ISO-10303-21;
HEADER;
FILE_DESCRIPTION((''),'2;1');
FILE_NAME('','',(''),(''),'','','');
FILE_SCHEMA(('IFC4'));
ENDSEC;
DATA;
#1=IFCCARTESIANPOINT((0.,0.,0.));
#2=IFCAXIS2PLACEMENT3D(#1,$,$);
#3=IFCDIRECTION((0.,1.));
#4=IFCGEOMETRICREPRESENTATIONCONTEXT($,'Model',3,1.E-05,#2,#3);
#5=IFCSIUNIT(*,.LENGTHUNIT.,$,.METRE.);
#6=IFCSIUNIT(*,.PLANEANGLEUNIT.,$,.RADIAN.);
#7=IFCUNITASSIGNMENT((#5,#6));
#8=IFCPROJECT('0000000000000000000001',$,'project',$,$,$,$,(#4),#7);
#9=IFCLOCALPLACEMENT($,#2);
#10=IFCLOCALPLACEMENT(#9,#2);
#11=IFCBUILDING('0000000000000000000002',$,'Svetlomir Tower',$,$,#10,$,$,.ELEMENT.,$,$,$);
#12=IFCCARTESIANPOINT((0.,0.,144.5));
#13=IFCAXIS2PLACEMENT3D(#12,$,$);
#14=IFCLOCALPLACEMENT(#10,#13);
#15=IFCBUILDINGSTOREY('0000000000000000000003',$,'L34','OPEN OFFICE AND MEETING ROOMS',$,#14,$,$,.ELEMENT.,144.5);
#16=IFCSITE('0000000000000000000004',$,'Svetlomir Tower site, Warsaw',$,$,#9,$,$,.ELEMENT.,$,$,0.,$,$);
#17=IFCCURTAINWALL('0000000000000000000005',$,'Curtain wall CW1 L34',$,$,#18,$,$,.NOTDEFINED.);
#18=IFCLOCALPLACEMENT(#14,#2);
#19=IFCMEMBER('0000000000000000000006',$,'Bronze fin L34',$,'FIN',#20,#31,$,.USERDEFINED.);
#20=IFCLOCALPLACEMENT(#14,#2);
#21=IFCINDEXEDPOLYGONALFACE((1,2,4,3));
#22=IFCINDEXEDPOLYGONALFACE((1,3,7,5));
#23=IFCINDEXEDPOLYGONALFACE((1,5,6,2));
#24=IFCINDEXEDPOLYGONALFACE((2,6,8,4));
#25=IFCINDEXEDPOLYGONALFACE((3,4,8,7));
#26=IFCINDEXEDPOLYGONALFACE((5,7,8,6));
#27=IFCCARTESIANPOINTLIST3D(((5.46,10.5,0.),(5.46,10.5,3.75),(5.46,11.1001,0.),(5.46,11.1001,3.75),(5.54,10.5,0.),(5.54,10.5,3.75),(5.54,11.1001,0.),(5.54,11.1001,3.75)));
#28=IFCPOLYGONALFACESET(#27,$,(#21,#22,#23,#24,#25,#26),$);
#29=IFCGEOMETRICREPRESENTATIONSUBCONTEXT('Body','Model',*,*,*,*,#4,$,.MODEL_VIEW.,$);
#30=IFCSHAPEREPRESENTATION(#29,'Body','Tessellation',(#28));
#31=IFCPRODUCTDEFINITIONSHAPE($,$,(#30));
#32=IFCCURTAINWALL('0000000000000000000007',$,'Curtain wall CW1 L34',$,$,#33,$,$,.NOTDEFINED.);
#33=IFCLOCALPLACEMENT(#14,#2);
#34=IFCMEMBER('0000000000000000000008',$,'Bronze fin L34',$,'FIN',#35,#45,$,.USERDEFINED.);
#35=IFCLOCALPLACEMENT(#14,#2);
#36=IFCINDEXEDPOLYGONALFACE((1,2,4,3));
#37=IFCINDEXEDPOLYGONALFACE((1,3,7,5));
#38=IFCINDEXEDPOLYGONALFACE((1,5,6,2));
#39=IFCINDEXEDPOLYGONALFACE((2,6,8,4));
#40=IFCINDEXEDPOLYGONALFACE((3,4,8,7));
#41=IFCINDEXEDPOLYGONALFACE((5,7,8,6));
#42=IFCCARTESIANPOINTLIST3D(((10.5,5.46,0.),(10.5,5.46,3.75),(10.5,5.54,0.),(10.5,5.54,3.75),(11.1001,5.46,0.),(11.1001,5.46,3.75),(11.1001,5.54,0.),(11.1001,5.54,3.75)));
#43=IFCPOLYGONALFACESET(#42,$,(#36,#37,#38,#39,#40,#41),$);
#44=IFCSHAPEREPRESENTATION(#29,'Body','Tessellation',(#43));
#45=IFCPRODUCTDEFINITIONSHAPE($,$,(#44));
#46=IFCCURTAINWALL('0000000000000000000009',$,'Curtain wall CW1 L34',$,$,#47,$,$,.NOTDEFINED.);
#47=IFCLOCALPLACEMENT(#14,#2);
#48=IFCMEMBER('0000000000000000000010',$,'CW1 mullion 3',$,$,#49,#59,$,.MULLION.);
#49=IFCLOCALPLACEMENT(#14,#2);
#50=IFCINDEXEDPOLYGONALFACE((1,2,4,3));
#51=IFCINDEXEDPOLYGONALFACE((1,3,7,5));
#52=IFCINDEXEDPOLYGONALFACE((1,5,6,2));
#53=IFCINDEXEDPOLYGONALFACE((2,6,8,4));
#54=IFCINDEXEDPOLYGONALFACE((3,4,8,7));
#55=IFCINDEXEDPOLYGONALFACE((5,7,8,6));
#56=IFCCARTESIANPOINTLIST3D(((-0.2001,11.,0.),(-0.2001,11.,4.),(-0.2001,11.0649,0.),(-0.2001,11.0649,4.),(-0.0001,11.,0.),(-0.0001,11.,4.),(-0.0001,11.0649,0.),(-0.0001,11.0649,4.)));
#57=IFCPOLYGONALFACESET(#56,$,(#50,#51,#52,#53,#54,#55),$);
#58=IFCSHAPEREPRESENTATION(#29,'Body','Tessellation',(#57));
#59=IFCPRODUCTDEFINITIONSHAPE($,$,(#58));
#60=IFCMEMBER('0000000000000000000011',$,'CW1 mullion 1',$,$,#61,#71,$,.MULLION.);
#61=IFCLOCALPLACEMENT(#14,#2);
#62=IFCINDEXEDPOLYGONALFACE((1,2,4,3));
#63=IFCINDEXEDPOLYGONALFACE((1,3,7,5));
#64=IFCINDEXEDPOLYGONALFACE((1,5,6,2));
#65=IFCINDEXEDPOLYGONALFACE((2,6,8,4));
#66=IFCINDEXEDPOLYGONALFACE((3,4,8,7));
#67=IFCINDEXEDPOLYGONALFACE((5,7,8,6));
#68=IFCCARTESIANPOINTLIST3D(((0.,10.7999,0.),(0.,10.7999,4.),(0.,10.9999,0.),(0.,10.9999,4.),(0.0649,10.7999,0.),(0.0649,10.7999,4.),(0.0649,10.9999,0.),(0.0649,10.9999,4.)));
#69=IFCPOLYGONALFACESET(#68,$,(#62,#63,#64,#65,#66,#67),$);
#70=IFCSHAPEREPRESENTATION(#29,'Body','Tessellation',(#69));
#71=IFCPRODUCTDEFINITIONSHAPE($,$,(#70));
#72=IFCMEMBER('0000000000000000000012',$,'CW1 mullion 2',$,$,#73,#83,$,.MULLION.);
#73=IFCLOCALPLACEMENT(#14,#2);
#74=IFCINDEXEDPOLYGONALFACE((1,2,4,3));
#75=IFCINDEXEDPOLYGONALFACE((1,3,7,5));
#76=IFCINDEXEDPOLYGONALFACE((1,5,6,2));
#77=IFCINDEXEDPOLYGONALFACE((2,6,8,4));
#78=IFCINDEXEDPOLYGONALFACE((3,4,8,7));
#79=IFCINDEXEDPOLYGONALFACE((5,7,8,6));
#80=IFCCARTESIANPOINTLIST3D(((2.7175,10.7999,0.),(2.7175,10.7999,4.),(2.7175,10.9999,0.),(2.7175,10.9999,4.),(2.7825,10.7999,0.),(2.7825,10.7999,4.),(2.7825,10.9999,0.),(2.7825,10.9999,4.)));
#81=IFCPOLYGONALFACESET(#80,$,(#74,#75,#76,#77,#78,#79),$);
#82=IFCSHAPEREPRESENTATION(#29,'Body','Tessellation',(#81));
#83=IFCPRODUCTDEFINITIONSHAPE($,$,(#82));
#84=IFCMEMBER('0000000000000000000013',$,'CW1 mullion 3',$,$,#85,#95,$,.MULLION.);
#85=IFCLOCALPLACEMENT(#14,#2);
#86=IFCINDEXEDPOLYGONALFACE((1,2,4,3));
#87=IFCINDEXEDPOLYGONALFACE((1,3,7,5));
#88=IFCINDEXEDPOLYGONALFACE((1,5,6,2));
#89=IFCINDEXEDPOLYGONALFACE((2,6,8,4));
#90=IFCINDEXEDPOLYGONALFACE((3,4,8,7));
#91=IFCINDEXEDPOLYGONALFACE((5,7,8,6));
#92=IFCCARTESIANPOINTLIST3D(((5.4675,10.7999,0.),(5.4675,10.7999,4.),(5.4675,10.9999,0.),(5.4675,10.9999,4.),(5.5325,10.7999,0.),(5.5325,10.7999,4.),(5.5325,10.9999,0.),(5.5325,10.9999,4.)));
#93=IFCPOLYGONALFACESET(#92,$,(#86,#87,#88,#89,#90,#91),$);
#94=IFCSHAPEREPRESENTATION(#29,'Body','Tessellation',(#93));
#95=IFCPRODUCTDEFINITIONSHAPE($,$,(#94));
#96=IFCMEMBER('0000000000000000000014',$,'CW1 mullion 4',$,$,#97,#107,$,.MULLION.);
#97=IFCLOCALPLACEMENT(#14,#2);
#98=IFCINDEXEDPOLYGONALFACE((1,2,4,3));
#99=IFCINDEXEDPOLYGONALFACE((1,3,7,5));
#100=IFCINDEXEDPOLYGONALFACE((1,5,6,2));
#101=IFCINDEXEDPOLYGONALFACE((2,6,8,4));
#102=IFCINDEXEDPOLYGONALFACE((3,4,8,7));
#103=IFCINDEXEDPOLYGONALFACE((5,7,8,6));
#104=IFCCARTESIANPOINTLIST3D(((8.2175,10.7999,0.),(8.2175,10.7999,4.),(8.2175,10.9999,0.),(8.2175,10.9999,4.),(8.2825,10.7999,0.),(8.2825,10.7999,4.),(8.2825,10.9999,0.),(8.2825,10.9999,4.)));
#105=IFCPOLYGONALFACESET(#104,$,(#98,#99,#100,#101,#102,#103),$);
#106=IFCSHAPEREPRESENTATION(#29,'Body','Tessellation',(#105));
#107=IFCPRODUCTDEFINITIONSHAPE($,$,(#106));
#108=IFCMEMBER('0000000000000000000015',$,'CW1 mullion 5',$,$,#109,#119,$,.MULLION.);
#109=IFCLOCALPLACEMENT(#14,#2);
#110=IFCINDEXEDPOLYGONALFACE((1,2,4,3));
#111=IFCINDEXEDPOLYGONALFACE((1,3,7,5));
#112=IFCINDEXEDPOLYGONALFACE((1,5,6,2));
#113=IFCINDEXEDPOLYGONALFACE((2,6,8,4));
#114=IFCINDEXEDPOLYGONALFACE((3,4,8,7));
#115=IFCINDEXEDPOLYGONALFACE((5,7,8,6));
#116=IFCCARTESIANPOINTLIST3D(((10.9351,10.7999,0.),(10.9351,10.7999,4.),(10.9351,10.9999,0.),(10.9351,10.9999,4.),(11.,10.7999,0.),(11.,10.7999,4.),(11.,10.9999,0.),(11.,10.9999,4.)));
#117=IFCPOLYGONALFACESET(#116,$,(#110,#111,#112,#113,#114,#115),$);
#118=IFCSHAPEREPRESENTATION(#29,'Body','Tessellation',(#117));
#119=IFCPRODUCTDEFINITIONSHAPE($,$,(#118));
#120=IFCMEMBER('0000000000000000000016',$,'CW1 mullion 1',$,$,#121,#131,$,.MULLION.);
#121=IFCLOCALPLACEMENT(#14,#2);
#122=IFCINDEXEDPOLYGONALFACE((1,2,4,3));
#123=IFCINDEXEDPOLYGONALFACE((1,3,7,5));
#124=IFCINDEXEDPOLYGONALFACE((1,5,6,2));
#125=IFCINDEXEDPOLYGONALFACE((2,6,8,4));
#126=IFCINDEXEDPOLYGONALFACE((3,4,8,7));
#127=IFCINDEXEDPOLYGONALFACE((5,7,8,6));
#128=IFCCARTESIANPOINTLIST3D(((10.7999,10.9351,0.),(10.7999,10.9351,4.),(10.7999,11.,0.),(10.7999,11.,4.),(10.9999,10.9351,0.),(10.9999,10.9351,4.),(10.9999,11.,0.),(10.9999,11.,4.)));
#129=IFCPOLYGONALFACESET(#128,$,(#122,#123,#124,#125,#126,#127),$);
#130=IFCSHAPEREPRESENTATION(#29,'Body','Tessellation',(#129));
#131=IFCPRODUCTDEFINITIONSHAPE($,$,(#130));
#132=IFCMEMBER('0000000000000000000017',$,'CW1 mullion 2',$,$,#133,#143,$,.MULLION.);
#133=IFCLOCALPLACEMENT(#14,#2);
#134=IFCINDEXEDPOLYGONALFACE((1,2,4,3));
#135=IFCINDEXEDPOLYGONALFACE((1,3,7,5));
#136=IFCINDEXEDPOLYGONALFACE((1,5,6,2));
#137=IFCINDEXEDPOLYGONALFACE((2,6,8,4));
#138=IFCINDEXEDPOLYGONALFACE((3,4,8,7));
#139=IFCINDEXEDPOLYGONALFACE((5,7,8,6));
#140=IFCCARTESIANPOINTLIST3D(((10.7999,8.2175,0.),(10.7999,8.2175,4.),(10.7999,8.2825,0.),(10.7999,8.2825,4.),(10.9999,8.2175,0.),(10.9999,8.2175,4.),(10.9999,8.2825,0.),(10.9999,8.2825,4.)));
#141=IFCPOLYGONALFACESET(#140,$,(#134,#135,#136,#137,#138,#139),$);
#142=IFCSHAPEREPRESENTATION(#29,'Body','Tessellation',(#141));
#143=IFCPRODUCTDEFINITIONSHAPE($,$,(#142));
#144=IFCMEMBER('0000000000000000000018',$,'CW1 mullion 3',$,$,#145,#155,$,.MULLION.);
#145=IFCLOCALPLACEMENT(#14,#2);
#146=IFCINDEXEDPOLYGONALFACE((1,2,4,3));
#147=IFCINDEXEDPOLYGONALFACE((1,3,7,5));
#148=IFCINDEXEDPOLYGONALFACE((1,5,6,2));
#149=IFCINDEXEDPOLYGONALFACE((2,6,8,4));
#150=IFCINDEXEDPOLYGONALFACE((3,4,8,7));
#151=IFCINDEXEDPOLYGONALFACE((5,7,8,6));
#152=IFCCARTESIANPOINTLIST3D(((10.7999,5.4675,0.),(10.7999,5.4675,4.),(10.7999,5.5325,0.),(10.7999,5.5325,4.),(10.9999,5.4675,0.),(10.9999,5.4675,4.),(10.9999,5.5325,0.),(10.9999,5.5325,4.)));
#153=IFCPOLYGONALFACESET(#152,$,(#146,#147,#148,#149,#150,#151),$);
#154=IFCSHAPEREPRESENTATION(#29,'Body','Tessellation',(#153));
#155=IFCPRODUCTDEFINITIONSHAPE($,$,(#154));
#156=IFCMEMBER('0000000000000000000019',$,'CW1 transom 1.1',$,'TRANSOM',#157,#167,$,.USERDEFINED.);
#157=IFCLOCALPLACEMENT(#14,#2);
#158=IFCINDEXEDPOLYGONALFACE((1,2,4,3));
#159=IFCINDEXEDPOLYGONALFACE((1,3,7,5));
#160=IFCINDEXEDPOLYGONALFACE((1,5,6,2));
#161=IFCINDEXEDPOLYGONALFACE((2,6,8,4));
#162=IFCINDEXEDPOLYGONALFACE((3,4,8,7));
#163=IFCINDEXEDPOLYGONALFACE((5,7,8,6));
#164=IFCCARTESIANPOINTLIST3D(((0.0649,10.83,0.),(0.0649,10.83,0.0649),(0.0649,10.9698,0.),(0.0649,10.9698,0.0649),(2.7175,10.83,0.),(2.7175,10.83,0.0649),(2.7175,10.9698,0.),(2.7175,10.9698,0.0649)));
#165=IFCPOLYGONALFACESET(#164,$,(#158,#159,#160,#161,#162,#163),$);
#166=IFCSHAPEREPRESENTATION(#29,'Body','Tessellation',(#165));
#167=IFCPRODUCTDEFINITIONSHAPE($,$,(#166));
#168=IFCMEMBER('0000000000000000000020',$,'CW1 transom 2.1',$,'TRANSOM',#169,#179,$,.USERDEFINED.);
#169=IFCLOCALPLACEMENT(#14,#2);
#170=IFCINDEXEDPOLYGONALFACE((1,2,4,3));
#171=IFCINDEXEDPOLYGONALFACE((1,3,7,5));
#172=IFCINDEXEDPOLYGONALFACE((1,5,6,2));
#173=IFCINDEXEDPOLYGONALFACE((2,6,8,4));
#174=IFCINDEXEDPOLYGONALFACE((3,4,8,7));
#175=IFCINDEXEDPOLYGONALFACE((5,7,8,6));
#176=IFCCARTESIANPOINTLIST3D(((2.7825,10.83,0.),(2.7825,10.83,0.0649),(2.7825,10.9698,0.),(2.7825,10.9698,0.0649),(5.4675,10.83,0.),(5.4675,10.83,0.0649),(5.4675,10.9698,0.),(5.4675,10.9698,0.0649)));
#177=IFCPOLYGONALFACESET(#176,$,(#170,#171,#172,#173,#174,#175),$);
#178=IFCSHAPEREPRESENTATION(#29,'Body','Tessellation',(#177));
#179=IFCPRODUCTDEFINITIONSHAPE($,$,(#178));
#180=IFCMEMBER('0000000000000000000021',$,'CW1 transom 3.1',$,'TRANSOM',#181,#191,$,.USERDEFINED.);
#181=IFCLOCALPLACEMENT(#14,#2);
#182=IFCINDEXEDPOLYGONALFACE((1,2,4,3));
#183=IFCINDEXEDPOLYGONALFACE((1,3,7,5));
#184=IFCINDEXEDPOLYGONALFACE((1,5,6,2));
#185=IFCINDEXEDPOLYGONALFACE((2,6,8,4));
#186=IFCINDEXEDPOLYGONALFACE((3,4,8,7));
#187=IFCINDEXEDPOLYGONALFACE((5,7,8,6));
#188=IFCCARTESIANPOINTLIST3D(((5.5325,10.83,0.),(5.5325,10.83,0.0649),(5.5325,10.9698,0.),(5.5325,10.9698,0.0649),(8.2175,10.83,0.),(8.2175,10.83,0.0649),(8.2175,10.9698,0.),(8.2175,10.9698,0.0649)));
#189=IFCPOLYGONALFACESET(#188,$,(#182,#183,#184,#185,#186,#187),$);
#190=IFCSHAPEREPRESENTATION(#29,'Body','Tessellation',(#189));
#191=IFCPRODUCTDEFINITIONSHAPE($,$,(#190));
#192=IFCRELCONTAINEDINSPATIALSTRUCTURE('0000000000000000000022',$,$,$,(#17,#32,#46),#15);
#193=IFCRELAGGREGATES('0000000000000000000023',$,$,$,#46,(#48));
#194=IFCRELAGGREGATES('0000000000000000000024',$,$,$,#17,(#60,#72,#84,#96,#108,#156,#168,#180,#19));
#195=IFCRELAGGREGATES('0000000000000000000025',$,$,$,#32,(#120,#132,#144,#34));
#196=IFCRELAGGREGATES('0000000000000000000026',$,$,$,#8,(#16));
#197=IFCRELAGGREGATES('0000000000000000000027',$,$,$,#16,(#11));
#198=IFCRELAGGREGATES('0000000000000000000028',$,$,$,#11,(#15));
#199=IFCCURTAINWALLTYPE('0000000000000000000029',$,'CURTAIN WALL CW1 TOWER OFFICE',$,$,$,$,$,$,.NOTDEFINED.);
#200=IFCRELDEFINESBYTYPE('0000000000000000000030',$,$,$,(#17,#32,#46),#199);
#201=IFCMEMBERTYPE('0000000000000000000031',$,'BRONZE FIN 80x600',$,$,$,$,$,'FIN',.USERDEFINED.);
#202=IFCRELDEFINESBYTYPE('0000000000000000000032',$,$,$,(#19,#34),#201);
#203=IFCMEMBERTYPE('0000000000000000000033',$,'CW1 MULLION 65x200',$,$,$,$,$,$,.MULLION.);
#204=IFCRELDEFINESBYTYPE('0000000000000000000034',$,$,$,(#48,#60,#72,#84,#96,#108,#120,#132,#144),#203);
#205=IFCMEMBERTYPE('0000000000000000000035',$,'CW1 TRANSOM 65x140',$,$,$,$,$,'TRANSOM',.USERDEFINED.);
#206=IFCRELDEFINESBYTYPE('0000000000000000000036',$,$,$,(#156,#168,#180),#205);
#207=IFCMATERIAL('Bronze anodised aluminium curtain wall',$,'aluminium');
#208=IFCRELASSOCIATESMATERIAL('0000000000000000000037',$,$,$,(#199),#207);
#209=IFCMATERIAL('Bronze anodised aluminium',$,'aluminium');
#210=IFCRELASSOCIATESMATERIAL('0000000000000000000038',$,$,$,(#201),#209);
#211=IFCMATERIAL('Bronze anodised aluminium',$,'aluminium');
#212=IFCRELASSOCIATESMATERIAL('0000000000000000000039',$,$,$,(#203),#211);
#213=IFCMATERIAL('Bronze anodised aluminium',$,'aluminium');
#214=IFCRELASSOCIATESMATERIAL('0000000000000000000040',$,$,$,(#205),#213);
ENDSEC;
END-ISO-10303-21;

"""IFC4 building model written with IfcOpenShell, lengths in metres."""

from ifc_helpers import new_model, si_unit, direction, frame, origin, origin_2d, place, context, subcontext, project, spatial, rectangle, extrude, material, material_profile, profile_set, type_object, element, aggregate, save


model = new_model("IFC4")

# Units and contexts
model_context = context("Model", 3, precision=1e-05, world=origin(), true_north=direction((0.0, 1.0)))
body_context = subcontext(model_context, "Body", "Model", "MODEL_VIEW")
ifc_project = project(units=[si_unit("LENGTHUNIT", "METRE"), si_unit("PLANEANGLEUNIT", "RADIAN")], contexts=[model_context])

# Site, building, storey
site_placement = place(None, origin())
site = spatial("IfcSite", under=ifc_project, at=site_placement, Name="Svetlomir Tower site, Warsaw", CompositionType="ELEMENT", RefElevation=0.0)
building_placement = place(site_placement, origin())
building = spatial("IfcBuilding", under=site, at=building_placement, Name="Svetlomir Tower", CompositionType="ELEMENT")
storey_placement = place(building_placement, frame((0.0, 0.0, 144.5)))
storey = spatial("IfcBuildingStorey", under=building, at=storey_placement, Name="L34", Description="OPEN OFFICE AND MEETING ROOMS", CompositionType="ELEMENT", Elevation=144.5)

# Curtain walls, members
ifc_material_1 = material(Name="Bronze anodised aluminium curtain wall", Category="aluminium")
curtain_wall_type = type_object("IfcCurtainWallType", Name="CURTAIN WALL CW1 TOWER OFFICE", PredefinedType="NOTDEFINED", material=ifc_material_1)
curtain_wall_1_placement = place(storey_placement, origin())
curtain_wall_1 = element("IfcCurtainWall", 1, at=curtain_wall_1_placement, inside=storey, type_object=curtain_wall_type, Name="Curtain wall CW1 L34", PredefinedType="NOTDEFINED")
ifc_material_2 = material(Name="Bronze anodised aluminium", Category="aluminium")
ifc_material_profile_1 = material_profile(ifc_material_2, rectangle(XDim=0.0801, YDim=0.6001, at=origin_2d()), Name="FIN 80x600")
ifc_profile_set_1 = profile_set([ifc_material_profile_1], Name="Bronze anodised aluminium 6063-T6")
member_type_1 = type_object("IfcMemberType", Name="BRONZE FIN 80x600", ElementType="FIN", PredefinedType="USERDEFINED", material=ifc_profile_set_1)
member_1_placement = place(storey_placement, frame((5.5, 10.8, 0.0), z_axis=(0.0, 0.0, 1.0), x_axis=(1.0, 0.0, 0.0)))
member_1 = element("IfcMember", 2, at=member_1_placement, type_object=member_type_1, Name="Bronze fin L34", ObjectType="FIN", PredefinedType="USERDEFINED", context=body_context, shape_type="SweptSolid", body=[
    extrude(rectangle(XDim=0.0801, YDim=0.6001, at=origin_2d()), origin(), (0.0, 0.0, 1.0), 3.75),
])
curtain_wall_2_placement = place(storey_placement, origin())
curtain_wall_2 = element("IfcCurtainWall", 3, at=curtain_wall_2_placement, inside=storey, type_object=curtain_wall_type, Name="Curtain wall CW1 L34", PredefinedType="NOTDEFINED")
member_2_placement = place(storey_placement, frame((10.8, 5.5, 0.0), z_axis=(0.0, 0.0, 1.0), x_axis=(0.0, 1.0, 0.0)))
member_2 = element("IfcMember", 4, at=member_2_placement, type_object=member_type_1, Name="Bronze fin L34", ObjectType="FIN", PredefinedType="USERDEFINED", context=body_context, shape_type="SweptSolid", body=[
    extrude(rectangle(XDim=0.0801, YDim=0.6001, at=origin_2d()), origin(), (0.0, 0.0, 1.0), 3.75),
])
curtain_wall_3_placement = place(storey_placement, origin())
curtain_wall_3 = element("IfcCurtainWall", 5, at=curtain_wall_3_placement, inside=storey, type_object=curtain_wall_type, Name="Curtain wall CW1 L34", PredefinedType="NOTDEFINED")
ifc_material_3 = material(Name="Bronze anodised aluminium", Category="aluminium")
ifc_material_profile_2 = material_profile(ifc_material_3, rectangle(XDim=0.0649, YDim=0.2, at=origin_2d()), Name="AL 65x200")
ifc_profile_set_2 = profile_set([ifc_material_profile_2], Name="Bronze anodised aluminium 6063-T6")
member_type_2 = type_object("IfcMemberType", Name="CW1 MULLION 65x200", PredefinedType="MULLION", material=ifc_profile_set_2)
member_3_placement = place(storey_placement, frame((-0.1001, 11.0325, 0.0), z_axis=(0.0, 0.0, 1.0), x_axis=(0.0, -1.0, 0.0)))
member_3 = element("IfcMember", 6, at=member_3_placement, type_object=member_type_2, Name="CW1 mullion 3", PredefinedType="MULLION", context=body_context, shape_type="SweptSolid", body=[
    extrude(rectangle(XDim=0.0649, YDim=0.2, at=origin_2d()), origin(), (0.0, 0.0, 1.0), 4.0),
])
aggregate(curtain_wall_3, [member_3])

# Members
member_4_placement = place(storey_placement, frame((0.0325, 10.8999, 0.0), z_axis=(0.0, 0.0, 1.0), x_axis=(1.0, 0.0, 0.0)))
member_4 = element("IfcMember", 7, at=member_4_placement, type_object=member_type_2, Name="CW1 mullion 1", PredefinedType="MULLION", context=body_context, shape_type="SweptSolid", body=[
    extrude(rectangle(XDim=0.0649, YDim=0.2, at=origin_2d()), origin(), (0.0, 0.0, 1.0), 4.0),
])
member_5_placement = place(storey_placement, frame((2.75, 10.8999, 0.0), z_axis=(0.0, 0.0, 1.0), x_axis=(1.0, 0.0, 0.0)))
member_5 = element("IfcMember", 8, at=member_5_placement, type_object=member_type_2, Name="CW1 mullion 2", PredefinedType="MULLION", context=body_context, shape_type="SweptSolid", body=[
    extrude(rectangle(XDim=0.0649, YDim=0.2, at=origin_2d()), origin(), (0.0, 0.0, 1.0), 4.0),
])
member_6_placement = place(storey_placement, frame((5.5, 10.8999, 0.0), z_axis=(0.0, 0.0, 1.0), x_axis=(1.0, 0.0, 0.0)))
member_6 = element("IfcMember", 9, at=member_6_placement, type_object=member_type_2, Name="CW1 mullion 3", PredefinedType="MULLION", context=body_context, shape_type="SweptSolid", body=[
    extrude(rectangle(XDim=0.0649, YDim=0.2, at=origin_2d()), origin(), (0.0, 0.0, 1.0), 4.0),
])
member_7_placement = place(storey_placement, frame((8.25, 10.8999, 0.0), z_axis=(0.0, 0.0, 1.0), x_axis=(1.0, 0.0, 0.0)))
member_7 = element("IfcMember", 10, at=member_7_placement, type_object=member_type_2, Name="CW1 mullion 4", PredefinedType="MULLION", context=body_context, shape_type="SweptSolid", body=[
    extrude(rectangle(XDim=0.0649, YDim=0.2, at=origin_2d()), origin(), (0.0, 0.0, 1.0), 4.0),
])
member_8_placement = place(storey_placement, frame((10.9675, 10.8999, 0.0), z_axis=(0.0, 0.0, 1.0), x_axis=(1.0, 0.0, 0.0)))
member_8 = element("IfcMember", 11, at=member_8_placement, type_object=member_type_2, Name="CW1 mullion 5", PredefinedType="MULLION", context=body_context, shape_type="SweptSolid", body=[
    extrude(rectangle(XDim=0.0649, YDim=0.2, at=origin_2d()), origin(), (0.0, 0.0, 1.0), 4.0),
])
member_9_placement = place(storey_placement, frame((10.8999, 10.9675, 0.0), z_axis=(0.0, 0.0, 1.0), x_axis=(0.0, -1.0, 0.0)))
member_9 = element("IfcMember", 12, at=member_9_placement, type_object=member_type_2, Name="CW1 mullion 1", PredefinedType="MULLION", context=body_context, shape_type="SweptSolid", body=[
    extrude(rectangle(XDim=0.0649, YDim=0.2, at=origin_2d()), origin(), (0.0, 0.0, 1.0), 4.0),
])
member_10_placement = place(storey_placement, frame((10.8999, 8.25, 0.0), z_axis=(0.0, 0.0, 1.0), x_axis=(0.0, -1.0, 0.0)))
member_10 = element("IfcMember", 13, at=member_10_placement, type_object=member_type_2, Name="CW1 mullion 2", PredefinedType="MULLION", context=body_context, shape_type="SweptSolid", body=[
    extrude(rectangle(XDim=0.0649, YDim=0.2, at=origin_2d()), origin(), (0.0, 0.0, 1.0), 4.0),
])
member_11_placement = place(storey_placement, frame((10.8999, 5.5, 0.0), z_axis=(0.0, 0.0, 1.0), x_axis=(0.0, -1.0, 0.0)))
member_11 = element("IfcMember", 14, at=member_11_placement, type_object=member_type_2, Name="CW1 mullion 3", PredefinedType="MULLION", context=body_context, shape_type="SweptSolid", body=[
    extrude(rectangle(XDim=0.0649, YDim=0.2, at=origin_2d()), origin(), (0.0, 0.0, 1.0), 4.0),
])
ifc_material_4 = material(Name="Bronze anodised aluminium", Category="aluminium")
ifc_material_profile_3 = material_profile(ifc_material_4, rectangle(XDim=0.1399, YDim=0.0649, at=origin_2d()), Name="AL 140x65")
ifc_profile_set_3 = profile_set([ifc_material_profile_3], Name="Bronze anodised aluminium 6063-T6")
member_type_3 = type_object("IfcMemberType", Name="CW1 TRANSOM 65x140", ElementType="TRANSOM", PredefinedType="USERDEFINED", material=ifc_profile_set_3)
member_12_placement = place(storey_placement, frame((0.0649, 10.8999, 0.0325), z_axis=(1.0, 0.0, 0.0), x_axis=(0.0, 1.0, 0.0)))
member_12 = element("IfcMember", 15, at=member_12_placement, type_object=member_type_3, Name="CW1 transom 1.1", ObjectType="TRANSOM", PredefinedType="USERDEFINED", context=body_context, shape_type="SweptSolid", body=[
    extrude(rectangle(XDim=0.1399, YDim=0.0649, at=origin_2d()), origin(), (0.0, 0.0, 1.0), 2.6526),
])
member_13_placement = place(storey_placement, frame((2.7825, 10.8999, 0.0325), z_axis=(1.0, 0.0, 0.0), x_axis=(0.0, 1.0, 0.0)))
member_13 = element("IfcMember", 16, at=member_13_placement, type_object=member_type_3, Name="CW1 transom 2.1", ObjectType="TRANSOM", PredefinedType="USERDEFINED", context=body_context, shape_type="SweptSolid", body=[
    extrude(rectangle(XDim=0.1399, YDim=0.0649, at=origin_2d()), origin(), (0.0, 0.0, 1.0), 2.6851),
])
member_14_placement = place(storey_placement, frame((5.5325, 10.8999, 0.0325), z_axis=(1.0, 0.0, 0.0), x_axis=(0.0, 1.0, 0.0)))
member_14 = element("IfcMember", 17, at=member_14_placement, type_object=member_type_3, Name="CW1 transom 3.1", ObjectType="TRANSOM", PredefinedType="USERDEFINED", context=body_context, shape_type="SweptSolid", body=[
    extrude(rectangle(XDim=0.1399, YDim=0.0649, at=origin_2d()), origin(), (0.0, 0.0, 1.0), 2.6851),
])

aggregate(curtain_wall_1, [member_4, member_5, member_6, member_7, member_8, member_12, member_13, member_14, member_1])
aggregate(curtain_wall_2, [member_9, member_10, member_11, member_2])

save(model, "model.ifc")
